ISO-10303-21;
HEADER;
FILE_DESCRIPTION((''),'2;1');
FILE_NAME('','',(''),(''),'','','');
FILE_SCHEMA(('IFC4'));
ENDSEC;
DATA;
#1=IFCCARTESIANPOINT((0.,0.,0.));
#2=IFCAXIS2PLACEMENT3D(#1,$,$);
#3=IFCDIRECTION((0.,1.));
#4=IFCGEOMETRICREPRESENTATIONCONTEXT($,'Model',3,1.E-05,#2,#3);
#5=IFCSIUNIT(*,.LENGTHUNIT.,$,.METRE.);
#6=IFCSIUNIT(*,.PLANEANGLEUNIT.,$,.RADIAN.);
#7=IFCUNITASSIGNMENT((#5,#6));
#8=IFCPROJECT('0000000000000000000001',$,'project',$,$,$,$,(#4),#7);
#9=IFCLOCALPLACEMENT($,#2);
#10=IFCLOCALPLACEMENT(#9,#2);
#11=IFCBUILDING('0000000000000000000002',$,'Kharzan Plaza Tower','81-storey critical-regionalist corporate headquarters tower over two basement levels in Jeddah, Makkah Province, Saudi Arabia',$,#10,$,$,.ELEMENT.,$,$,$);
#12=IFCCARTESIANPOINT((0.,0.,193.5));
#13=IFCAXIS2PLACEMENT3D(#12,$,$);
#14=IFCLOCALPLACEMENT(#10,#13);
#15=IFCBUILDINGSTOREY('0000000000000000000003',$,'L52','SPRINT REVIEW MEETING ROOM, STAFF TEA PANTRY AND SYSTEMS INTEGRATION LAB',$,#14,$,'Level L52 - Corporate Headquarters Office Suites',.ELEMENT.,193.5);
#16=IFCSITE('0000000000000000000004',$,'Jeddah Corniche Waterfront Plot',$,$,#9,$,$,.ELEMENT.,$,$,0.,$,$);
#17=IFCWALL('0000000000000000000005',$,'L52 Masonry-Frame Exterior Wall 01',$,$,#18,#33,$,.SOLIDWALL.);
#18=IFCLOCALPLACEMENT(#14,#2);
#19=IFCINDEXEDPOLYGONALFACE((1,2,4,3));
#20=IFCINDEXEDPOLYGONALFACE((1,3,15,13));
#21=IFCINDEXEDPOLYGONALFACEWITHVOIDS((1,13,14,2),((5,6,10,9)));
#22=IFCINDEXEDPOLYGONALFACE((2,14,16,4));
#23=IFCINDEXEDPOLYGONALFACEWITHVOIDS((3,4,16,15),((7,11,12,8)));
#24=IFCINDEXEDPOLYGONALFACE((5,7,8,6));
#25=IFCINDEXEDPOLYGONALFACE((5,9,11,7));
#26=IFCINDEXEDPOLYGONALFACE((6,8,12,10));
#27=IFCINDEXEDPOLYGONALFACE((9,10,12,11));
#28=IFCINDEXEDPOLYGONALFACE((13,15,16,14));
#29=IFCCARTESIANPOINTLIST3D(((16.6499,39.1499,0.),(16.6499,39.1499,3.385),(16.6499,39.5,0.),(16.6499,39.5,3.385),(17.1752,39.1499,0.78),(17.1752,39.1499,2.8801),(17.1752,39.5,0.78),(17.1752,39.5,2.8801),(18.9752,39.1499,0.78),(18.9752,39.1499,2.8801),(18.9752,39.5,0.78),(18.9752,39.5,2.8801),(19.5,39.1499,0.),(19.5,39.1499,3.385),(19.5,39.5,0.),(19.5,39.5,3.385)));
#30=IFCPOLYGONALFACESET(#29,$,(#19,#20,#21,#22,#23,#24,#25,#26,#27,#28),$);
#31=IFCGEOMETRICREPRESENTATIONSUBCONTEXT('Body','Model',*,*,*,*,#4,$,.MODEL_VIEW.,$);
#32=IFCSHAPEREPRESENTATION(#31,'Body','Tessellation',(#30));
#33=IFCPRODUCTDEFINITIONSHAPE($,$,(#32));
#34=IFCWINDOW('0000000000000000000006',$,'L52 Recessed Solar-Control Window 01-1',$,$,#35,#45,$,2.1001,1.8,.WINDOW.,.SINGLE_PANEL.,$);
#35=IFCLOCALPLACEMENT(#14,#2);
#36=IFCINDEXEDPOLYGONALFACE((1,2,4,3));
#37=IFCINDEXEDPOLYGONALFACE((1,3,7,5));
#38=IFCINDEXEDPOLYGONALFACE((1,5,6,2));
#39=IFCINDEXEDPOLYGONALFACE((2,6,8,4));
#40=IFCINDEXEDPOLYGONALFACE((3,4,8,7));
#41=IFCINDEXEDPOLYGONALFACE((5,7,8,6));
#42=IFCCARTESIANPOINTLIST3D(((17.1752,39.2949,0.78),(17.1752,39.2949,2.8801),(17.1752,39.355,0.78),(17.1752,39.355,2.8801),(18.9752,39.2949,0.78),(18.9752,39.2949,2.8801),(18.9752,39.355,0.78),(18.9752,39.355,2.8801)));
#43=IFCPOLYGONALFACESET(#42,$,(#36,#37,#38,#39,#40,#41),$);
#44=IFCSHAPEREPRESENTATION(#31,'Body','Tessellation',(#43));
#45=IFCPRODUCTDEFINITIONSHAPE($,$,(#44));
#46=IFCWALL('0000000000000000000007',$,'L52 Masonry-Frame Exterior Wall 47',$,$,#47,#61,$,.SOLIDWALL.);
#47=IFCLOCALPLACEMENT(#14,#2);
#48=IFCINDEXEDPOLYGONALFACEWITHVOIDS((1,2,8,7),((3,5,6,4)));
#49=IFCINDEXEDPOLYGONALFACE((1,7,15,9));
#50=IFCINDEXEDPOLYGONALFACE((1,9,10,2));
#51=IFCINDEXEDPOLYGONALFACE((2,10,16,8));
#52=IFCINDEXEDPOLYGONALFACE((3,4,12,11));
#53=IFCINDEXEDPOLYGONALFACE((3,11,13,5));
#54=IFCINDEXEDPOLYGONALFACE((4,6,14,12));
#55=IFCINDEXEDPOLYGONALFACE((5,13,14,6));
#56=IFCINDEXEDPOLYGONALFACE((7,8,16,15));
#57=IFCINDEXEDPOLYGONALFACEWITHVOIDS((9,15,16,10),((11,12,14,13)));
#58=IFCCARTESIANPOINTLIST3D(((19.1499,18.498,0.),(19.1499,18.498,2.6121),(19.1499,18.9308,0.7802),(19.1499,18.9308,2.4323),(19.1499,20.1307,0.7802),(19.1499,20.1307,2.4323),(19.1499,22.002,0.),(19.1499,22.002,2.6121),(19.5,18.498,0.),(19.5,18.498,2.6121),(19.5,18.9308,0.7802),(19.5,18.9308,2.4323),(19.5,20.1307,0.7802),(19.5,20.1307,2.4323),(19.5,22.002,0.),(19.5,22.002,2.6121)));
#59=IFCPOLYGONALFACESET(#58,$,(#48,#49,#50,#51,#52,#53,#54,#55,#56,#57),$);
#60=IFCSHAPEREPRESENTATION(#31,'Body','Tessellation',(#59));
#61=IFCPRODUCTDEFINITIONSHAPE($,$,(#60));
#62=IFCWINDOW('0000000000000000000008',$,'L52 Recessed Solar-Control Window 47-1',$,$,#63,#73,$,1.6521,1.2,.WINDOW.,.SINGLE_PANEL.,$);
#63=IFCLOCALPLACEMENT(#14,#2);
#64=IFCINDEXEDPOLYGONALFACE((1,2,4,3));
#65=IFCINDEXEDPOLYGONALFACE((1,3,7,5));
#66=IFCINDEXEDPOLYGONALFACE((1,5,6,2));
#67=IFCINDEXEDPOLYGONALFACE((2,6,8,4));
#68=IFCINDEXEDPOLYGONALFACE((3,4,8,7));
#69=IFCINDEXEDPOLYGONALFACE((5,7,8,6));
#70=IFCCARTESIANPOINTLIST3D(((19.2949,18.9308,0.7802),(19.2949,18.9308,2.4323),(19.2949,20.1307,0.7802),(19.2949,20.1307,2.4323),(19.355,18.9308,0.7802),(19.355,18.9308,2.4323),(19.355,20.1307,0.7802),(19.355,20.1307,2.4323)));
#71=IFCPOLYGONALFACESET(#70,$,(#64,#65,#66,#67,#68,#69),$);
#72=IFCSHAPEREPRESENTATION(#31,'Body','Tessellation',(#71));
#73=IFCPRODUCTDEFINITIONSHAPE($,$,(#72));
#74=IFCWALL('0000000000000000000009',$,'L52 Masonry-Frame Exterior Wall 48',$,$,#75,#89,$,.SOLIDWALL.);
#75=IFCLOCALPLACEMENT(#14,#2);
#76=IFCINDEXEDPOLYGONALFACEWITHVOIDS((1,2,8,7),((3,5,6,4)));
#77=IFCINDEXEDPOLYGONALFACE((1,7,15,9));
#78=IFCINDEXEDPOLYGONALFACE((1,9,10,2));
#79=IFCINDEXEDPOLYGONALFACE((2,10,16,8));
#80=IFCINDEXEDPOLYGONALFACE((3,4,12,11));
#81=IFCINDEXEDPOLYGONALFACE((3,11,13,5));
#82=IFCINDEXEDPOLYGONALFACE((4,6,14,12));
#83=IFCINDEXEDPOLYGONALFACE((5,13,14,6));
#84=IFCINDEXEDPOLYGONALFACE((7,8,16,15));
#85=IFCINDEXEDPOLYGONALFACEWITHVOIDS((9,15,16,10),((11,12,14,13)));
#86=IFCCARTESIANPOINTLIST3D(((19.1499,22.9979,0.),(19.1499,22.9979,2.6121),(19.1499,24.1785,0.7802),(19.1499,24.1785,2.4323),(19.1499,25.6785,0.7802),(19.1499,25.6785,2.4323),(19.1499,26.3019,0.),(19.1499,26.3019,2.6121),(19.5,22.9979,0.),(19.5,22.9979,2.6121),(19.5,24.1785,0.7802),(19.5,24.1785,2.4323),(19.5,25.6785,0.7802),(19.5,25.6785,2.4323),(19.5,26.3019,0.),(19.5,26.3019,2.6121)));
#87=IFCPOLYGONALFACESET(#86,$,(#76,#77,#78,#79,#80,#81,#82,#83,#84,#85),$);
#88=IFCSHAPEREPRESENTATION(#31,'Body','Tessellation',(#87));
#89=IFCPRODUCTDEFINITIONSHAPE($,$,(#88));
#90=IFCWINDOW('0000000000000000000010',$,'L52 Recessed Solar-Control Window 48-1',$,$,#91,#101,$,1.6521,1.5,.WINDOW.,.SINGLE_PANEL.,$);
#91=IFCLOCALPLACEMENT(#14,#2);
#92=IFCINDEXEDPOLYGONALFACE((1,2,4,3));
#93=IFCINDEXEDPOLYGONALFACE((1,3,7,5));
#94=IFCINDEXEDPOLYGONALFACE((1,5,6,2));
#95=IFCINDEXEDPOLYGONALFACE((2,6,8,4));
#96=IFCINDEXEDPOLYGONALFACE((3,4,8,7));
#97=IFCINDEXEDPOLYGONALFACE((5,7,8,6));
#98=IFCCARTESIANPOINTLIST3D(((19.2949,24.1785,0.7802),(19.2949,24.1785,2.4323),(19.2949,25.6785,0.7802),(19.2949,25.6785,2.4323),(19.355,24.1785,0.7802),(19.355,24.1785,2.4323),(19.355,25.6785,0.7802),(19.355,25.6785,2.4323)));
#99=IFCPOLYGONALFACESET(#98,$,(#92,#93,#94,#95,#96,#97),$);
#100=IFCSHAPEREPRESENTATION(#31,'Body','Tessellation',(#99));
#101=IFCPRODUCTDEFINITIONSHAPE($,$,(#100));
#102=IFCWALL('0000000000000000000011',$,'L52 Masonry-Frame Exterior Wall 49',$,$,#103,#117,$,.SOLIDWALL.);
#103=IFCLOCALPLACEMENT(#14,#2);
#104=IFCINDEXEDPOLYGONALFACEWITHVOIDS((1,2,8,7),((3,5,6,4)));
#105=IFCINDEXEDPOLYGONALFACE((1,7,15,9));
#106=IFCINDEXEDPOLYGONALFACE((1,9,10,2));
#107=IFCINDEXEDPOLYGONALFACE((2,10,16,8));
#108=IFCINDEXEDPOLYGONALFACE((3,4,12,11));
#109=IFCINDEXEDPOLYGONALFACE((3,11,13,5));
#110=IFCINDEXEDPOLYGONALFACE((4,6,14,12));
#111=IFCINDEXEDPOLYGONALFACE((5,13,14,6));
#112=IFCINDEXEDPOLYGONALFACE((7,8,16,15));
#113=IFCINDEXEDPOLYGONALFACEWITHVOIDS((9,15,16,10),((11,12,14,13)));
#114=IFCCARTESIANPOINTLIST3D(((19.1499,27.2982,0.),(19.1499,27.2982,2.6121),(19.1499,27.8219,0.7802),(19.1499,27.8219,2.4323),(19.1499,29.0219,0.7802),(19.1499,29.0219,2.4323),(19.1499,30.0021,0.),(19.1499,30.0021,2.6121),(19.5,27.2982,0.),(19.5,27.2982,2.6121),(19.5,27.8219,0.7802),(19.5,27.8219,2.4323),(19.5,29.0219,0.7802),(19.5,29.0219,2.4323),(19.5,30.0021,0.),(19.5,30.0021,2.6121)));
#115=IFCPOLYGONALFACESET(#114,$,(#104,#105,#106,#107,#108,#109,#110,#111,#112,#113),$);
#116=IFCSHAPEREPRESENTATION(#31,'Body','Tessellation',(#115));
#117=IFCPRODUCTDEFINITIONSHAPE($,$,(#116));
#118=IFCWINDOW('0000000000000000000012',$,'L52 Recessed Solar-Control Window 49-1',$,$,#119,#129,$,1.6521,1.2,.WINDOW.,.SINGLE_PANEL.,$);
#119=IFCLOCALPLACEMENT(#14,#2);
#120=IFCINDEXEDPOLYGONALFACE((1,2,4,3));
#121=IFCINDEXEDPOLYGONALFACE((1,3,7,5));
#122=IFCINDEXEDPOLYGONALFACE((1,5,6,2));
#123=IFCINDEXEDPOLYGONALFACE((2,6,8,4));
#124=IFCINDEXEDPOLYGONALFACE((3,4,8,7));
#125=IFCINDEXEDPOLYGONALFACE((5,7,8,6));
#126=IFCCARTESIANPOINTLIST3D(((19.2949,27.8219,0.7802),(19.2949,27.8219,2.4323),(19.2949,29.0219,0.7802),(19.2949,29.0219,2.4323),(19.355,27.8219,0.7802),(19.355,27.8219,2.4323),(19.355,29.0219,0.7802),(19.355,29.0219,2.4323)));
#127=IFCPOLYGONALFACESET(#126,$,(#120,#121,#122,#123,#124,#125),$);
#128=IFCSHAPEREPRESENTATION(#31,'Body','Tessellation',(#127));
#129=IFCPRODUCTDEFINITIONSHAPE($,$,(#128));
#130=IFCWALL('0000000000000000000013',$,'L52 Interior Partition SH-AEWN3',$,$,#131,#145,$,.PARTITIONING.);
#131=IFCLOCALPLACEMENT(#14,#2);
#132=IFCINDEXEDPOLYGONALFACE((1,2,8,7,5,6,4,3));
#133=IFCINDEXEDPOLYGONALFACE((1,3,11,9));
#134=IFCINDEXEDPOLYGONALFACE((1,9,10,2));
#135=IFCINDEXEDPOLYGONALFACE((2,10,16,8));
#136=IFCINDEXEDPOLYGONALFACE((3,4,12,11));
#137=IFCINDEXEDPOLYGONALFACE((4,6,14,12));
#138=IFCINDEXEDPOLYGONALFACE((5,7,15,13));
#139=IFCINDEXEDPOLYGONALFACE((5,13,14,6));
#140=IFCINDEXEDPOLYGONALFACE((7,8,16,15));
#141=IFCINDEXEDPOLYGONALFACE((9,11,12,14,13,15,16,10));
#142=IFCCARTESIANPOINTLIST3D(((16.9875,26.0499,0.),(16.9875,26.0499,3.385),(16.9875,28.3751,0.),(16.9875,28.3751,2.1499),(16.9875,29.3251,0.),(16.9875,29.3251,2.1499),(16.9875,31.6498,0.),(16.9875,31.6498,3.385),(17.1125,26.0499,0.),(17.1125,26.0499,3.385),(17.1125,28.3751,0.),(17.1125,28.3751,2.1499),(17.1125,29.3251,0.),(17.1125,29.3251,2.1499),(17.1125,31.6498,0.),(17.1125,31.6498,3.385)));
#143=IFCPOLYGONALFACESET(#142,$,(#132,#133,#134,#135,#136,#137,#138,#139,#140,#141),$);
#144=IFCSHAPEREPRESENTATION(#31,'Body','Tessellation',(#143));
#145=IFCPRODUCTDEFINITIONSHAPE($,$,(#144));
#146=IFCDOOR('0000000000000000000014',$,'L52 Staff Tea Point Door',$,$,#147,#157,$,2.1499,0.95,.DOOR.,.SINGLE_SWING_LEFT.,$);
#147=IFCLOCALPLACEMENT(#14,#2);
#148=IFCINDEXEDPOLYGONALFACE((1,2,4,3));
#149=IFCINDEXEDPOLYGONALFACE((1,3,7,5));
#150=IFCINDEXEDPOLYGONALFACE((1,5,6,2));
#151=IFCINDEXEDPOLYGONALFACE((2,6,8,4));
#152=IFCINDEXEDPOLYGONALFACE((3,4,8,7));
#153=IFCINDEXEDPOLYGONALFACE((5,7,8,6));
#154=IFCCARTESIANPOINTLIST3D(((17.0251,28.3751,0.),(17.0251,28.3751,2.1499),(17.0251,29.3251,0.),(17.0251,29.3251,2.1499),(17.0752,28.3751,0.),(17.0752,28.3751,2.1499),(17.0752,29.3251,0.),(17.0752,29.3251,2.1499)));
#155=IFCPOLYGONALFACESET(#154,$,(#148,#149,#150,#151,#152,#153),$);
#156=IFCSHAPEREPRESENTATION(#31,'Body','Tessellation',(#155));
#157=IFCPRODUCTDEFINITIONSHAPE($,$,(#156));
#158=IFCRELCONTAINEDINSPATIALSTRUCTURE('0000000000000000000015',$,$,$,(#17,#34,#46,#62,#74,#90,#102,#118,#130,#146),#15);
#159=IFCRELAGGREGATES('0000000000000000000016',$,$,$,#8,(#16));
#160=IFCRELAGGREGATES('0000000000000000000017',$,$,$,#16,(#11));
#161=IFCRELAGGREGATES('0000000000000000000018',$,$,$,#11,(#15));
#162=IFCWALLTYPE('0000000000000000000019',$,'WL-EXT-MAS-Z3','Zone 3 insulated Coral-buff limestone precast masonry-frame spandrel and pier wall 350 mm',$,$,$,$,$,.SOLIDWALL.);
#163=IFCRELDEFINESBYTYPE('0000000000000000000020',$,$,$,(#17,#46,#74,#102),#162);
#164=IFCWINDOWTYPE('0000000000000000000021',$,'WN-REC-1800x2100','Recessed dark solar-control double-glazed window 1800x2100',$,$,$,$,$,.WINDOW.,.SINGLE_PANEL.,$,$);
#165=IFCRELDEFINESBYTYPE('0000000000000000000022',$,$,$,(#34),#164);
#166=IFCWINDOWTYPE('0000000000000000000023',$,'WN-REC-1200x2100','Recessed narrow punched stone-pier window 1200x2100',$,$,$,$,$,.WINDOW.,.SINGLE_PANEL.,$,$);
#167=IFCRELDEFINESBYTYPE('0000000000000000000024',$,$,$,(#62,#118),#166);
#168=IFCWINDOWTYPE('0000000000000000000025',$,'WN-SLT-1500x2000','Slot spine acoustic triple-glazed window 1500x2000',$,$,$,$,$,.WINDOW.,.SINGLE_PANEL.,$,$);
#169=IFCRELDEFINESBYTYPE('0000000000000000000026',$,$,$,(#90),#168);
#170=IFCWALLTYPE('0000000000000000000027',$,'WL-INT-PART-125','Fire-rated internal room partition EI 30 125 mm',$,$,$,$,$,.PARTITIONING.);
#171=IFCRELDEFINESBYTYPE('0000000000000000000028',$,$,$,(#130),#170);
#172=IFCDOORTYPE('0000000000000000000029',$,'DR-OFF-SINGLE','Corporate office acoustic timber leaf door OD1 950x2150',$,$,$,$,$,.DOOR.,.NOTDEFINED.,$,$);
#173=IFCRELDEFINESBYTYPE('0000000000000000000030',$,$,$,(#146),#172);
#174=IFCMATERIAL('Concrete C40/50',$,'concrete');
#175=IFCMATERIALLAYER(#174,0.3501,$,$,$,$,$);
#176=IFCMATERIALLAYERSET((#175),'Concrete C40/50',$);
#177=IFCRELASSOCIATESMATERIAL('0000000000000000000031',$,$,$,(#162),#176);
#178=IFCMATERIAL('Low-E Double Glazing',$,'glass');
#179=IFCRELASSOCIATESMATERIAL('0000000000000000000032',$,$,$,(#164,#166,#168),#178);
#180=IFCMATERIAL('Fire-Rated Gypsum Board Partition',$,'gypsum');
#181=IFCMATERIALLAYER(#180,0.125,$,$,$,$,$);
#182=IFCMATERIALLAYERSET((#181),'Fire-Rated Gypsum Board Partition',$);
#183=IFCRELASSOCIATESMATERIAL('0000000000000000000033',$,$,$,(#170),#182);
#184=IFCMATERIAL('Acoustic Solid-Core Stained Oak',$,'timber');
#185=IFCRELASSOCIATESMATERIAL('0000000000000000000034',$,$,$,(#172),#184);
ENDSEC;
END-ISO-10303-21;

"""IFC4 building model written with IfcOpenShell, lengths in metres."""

from ifc_helpers import new_model, si_unit, direction, frame, frame_2d, origin, place, context, subcontext, project, spatial, rectangle, extrude, source, transform, mapped, material, layer, layer_set, type_object, element, fill, save


model = new_model("IFC4")

# Units and contexts
model_context = context("Model", 3, precision=1e-05, world=origin(), true_north=direction((0.0, 1.0)))
body_context = subcontext(model_context, "Body", "Model", "MODEL_VIEW")
ifc_project = project(units=[si_unit("LENGTHUNIT", "METRE"), si_unit("PLANEANGLEUNIT", "RADIAN")], contexts=[model_context])

# Site, building, storey
site_placement = place(None, origin())
site = spatial("IfcSite", under=ifc_project, at=site_placement, Name="Jeddah Corniche Waterfront Plot", CompositionType="ELEMENT", RefElevation=0.0)
building_placement = place(site_placement, origin())
building = spatial("IfcBuilding", under=site, at=building_placement, Name="Kharzan Plaza Tower", Description="81-storey critical-regionalist corporate headquarters tower over two basement levels in Jeddah, Makkah Province, Saudi Arabia", CompositionType="ELEMENT")
storey_placement = place(building_placement, frame((0.0, 0.0, 193.5)))
storey = spatial("IfcBuildingStorey", under=building, at=storey_placement, Name="L52", Description="SPRINT REVIEW MEETING ROOM, STAFF TEA PANTRY AND SYSTEMS INTEGRATION LAB", LongName="Level L52 - Corporate Headquarters Office Suites", CompositionType="ELEMENT", Elevation=193.5)

# Walls, openings, windows
ifc_material_1 = material(Name="Concrete C40/50", Category="concrete")
ifc_layer_1 = layer(ifc_material_1, 0.3501)
ifc_layer_set_1 = layer_set([ifc_layer_1], Name="Concrete C40/50")
wall_type_1 = type_object("IfcWallType", Name="WL-EXT-MAS-Z3", Description="Zone 3 insulated Coral-buff limestone precast masonry-frame spandrel and pier wall 350 mm", PredefinedType="SOLIDWALL", material=ifc_layer_set_1)
wall_1_placement = place(storey_placement, frame((19.5, 39.325, 0.0), z_axis=(0.0, 0.0, 1.0), x_axis=(-1.0, 0.0, 0.0)))
wall_1 = element("IfcWall", 1, at=wall_1_placement, inside=storey, type_object=wall_type_1, Name="L52 Masonry-Frame Exterior Wall 01", PredefinedType="SOLIDWALL", context=body_context, shape_type="SweptSolid", body=[
    extrude(rectangle(XDim=2.8501, YDim=0.3501, at=frame_2d((1.425, 0.0))), origin(), (0.0, 0.0, 1.0), 3.385),
])
opening_1_placement = place(wall_1_placement, frame((0.5249, 0.0, 0.78)))
opening_1 = element("IfcOpeningElement", 2, at=opening_1_placement, cuts=wall_1, PredefinedType="OPENING", context=body_context, shape_type="SweptSolid", body=[
    extrude(rectangle(XDim=1.8, YDim=2.1001, at=frame_2d((0.8999, 1.05))), frame((0.0, 0.1851, 0.0), z_axis=(0.0, -1.0, 0.0), x_axis=(1.0, 0.0, 0.0)), (0.0, 0.0, 1.0), 0.3701),
])
ifc_material_2 = material(Name="Low-E Double Glazing", Category="glass")
window_type_1 = type_object("IfcWindowType", Name="WN-REC-1800x2100", Description="Recessed dark solar-control double-glazed window 1800x2100", PartitioningType="SINGLE_PANEL", PredefinedType="WINDOW", material=ifc_material_2)
shared_shape_1 = source(origin(), body_context, "Body", "SweptSolid", [
    extrude(rectangle(XDim=1.8, YDim=2.1001, at=frame_2d((0.8999, 1.05))), frame((0.0, 0.03, 0.0), z_axis=(0.0, -1.0, 0.0), x_axis=(1.0, 0.0, 0.0)), (0.0, 0.0, 1.0), 0.0601),
])
window_1_placement = place(opening_1_placement, origin())
window_1 = element("IfcWindow", 3, at=window_1_placement, inside=storey, type_object=window_type_1, Name="L52 Recessed Solar-Control Window 01-1", OverallHeight=2.1001, OverallWidth=1.8, PartitioningType="SINGLE_PANEL", PredefinedType="WINDOW", context=body_context, shape_type="MappedRepresentation", body=[
    mapped(shared_shape_1, transform((0.0, 0.0, 0.0), x_axis=(1.0, 0.0, 0.0), y_axis=(0.0, 1.0, 0.0), z_axis=(0.0, 0.0, 1.0))),
])
fill(opening_1, window_1)
wall_2_placement = place(storey_placement, frame((19.325, 18.498, 0.0), z_axis=(0.0, 0.0, 1.0), x_axis=(0.0, 1.0, 0.0)))
wall_2 = element("IfcWall", 4, at=wall_2_placement, inside=storey, type_object=wall_type_1, Name="L52 Masonry-Frame Exterior Wall 47", PredefinedType="SOLIDWALL", context=body_context, shape_type="SweptSolid", body=[
    extrude(rectangle(XDim=3.5039, YDim=0.3501, at=frame_2d((1.752, 0.0))), origin(), (0.0, 0.0, 1.0), 2.6121),
])
opening_2_placement = place(wall_2_placement, frame((0.4326, 0.0, 0.78)))
opening_2 = element("IfcOpeningElement", 5, at=opening_2_placement, cuts=wall_2, PredefinedType="OPENING", context=body_context, shape_type="SweptSolid", body=[
    extrude(rectangle(XDim=1.2, YDim=1.6521, at=frame_2d((0.6001, 0.8262))), frame((0.0, 0.1851, 0.0), z_axis=(0.0, -1.0, 0.0), x_axis=(1.0, 0.0, 0.0)), (0.0, 0.0, 1.0), 0.3701),
])
window_type_2 = type_object("IfcWindowType", Name="WN-REC-1200x2100", Description="Recessed narrow punched stone-pier window 1200x2100", PartitioningType="SINGLE_PANEL", PredefinedType="WINDOW", material=ifc_material_2)
shared_shape_2 = source(origin(), body_context, "Body", "SweptSolid", [
    extrude(rectangle(XDim=1.2, YDim=1.6521, at=frame_2d((0.6001, 0.8262))), frame((0.0, 0.03, 0.0), z_axis=(0.0, -1.0, 0.0), x_axis=(1.0, 0.0, 0.0)), (0.0, 0.0, 1.0), 0.0601),
])
window_2_placement = place(opening_2_placement, origin())
window_2 = element("IfcWindow", 6, at=window_2_placement, inside=storey, type_object=window_type_2, Name="L52 Recessed Solar-Control Window 47-1", OverallHeight=1.6521, OverallWidth=1.2, PartitioningType="SINGLE_PANEL", PredefinedType="WINDOW", context=body_context, shape_type="MappedRepresentation", body=[
    mapped(shared_shape_2, transform((0.0, 0.0, 0.0), x_axis=(1.0, 0.0, 0.0), y_axis=(0.0, 1.0, 0.0), z_axis=(0.0, 0.0, 1.0))),
])
fill(opening_2, window_2)
wall_3_placement = place(storey_placement, frame((19.325, 22.998, 0.0), z_axis=(0.0, 0.0, 1.0), x_axis=(0.0, 1.0, 0.0)))
wall_3 = element("IfcWall", 7, at=wall_3_placement, inside=storey, type_object=wall_type_1, Name="L52 Masonry-Frame Exterior Wall 48", PredefinedType="SOLIDWALL", context=body_context, shape_type="SweptSolid", body=[
    extrude(rectangle(XDim=3.304, YDim=0.3501, at=frame_2d((1.6519, 0.0))), origin(), (0.0, 0.0, 1.0), 2.6121),
])
opening_3_placement = place(wall_3_placement, frame((1.1804, 0.0, 0.78)))
opening_3 = element("IfcOpeningElement", 8, at=opening_3_placement, cuts=wall_3, PredefinedType="OPENING", context=body_context, shape_type="SweptSolid", body=[
    extrude(rectangle(XDim=1.5, YDim=1.6521, at=frame_2d((0.75, 0.8262))), frame((0.0, 0.1851, 0.0), z_axis=(0.0, -1.0, 0.0), x_axis=(1.0, 0.0, 0.0)), (0.0, 0.0, 1.0), 0.3701),
])
window_type_3 = type_object("IfcWindowType", Name="WN-SLT-1500x2000", Description="Slot spine acoustic triple-glazed window 1500x2000", PartitioningType="SINGLE_PANEL", PredefinedType="WINDOW", material=ifc_material_2)
shared_shape_3 = source(origin(), body_context, "Body", "SweptSolid", [
    extrude(rectangle(XDim=1.5, YDim=1.6521, at=frame_2d((0.75, 0.8262))), frame((0.0, 0.03, 0.0), z_axis=(0.0, -1.0, 0.0), x_axis=(1.0, 0.0, 0.0)), (0.0, 0.0, 1.0), 0.0601),
])
window_3_placement = place(opening_3_placement, origin())
window_3 = element("IfcWindow", 9, at=window_3_placement, inside=storey, type_object=window_type_3, Name="L52 Recessed Solar-Control Window 48-1", OverallHeight=1.6521, OverallWidth=1.5, PartitioningType="SINGLE_PANEL", PredefinedType="WINDOW", context=body_context, shape_type="MappedRepresentation", body=[
    mapped(shared_shape_3, transform((0.0, 0.0, 0.0), x_axis=(1.0, 0.0, 0.0), y_axis=(0.0, 1.0, 0.0), z_axis=(0.0, 0.0, 1.0))),
])
fill(opening_3, window_3)
wall_4_placement = place(storey_placement, frame((19.325, 27.2981, 0.0), z_axis=(0.0, 0.0, 1.0), x_axis=(0.0, 1.0, 0.0)))
wall_4 = element("IfcWall", 10, at=wall_4_placement, inside=storey, type_object=wall_type_1, Name="L52 Masonry-Frame Exterior Wall 49", PredefinedType="SOLIDWALL", context=body_context, shape_type="SweptSolid", body=[
    extrude(rectangle(XDim=2.7039, YDim=0.3501, at=frame_2d((1.3521, 0.0))), origin(), (0.0, 0.0, 1.0), 2.6121),
])
opening_4_placement = place(wall_4_placement, frame((0.5237, 0.0, 0.78)))
opening_4 = element("IfcOpeningElement", 11, at=opening_4_placement, cuts=wall_4, PredefinedType="OPENING", context=body_context, shape_type="SweptSolid", body=[
    extrude(rectangle(XDim=1.2, YDim=1.6521, at=frame_2d((0.6001, 0.8262))), frame((0.0, 0.1851, 0.0), z_axis=(0.0, -1.0, 0.0), x_axis=(1.0, 0.0, 0.0)), (0.0, 0.0, 1.0), 0.3701),
])
window_4_placement = place(opening_4_placement, origin())
window_4 = element("IfcWindow", 12, at=window_4_placement, inside=storey, type_object=window_type_2, Name="L52 Recessed Solar-Control Window 49-1", OverallHeight=1.6521, OverallWidth=1.2, PartitioningType="SINGLE_PANEL", PredefinedType="WINDOW", context=body_context, shape_type="MappedRepresentation", body=[
    mapped(shared_shape_2, transform((0.0, 0.0, 0.0), x_axis=(1.0, 0.0, 0.0), y_axis=(0.0, 1.0, 0.0), z_axis=(0.0, 0.0, 1.0))),
])
fill(opening_4, window_4)

# Wall, opening, door
ifc_material_3 = material(Name="Fire-Rated Gypsum Board Partition", Category="gypsum")
ifc_layer_2 = layer(ifc_material_3, 0.125)
ifc_layer_set_2 = layer_set([ifc_layer_2], Name="Fire-Rated Gypsum Board Partition")
wall_type_2 = type_object("IfcWallType", Name="WL-INT-PART-125", Description="Fire-rated internal room partition EI 30 125 mm", PredefinedType="PARTITIONING", material=ifc_layer_set_2)
wall_5_placement = place(storey_placement, frame((17.05, 26.05, 0.0), z_axis=(0.0, 0.0, 1.0), x_axis=(0.0, 1.0, 0.0)))
wall_5 = element("IfcWall", 13, at=wall_5_placement, inside=storey, type_object=wall_type_2, Name="L52 Interior Partition SH-AEWN3", PredefinedType="PARTITIONING", context=body_context, shape_type="SweptSolid", body=[
    extrude(rectangle(XDim=5.5999, YDim=0.125, at=frame_2d((2.7998, 0.0))), origin(), (0.0, 0.0, 1.0), 3.385),
])
opening_5_placement = place(wall_5_placement, frame((2.325, 0.0, 0.0)))
opening_5 = element("IfcOpeningElement", 14, at=opening_5_placement, cuts=wall_5, PredefinedType="OPENING", context=body_context, shape_type="SweptSolid", body=[
    extrude(rectangle(XDim=0.95, YDim=2.1499, at=frame_2d((0.4751, 1.075))), frame((0.0, 0.0725, 0.0), z_axis=(0.0, -1.0, 0.0), x_axis=(1.0, 0.0, 0.0)), (0.0, 0.0, 1.0), 0.145),
])
ifc_material_4 = material(Name="Acoustic Solid-Core Stained Oak", Category="timber")
door_type_1 = type_object("IfcDoorType", Name="DR-OFF-SINGLE", Description="Corporate office acoustic timber leaf door OD1 950x2150", OperationType="NOTDEFINED", PredefinedType="DOOR", material=ifc_material_4)
shared_shape_4 = source(origin(), body_context, "Body", "SweptSolid", [
    extrude(rectangle(XDim=0.95, YDim=2.1499, at=frame_2d((0.4751, 1.075))), frame((0.0, 0.0249, 0.0), z_axis=(0.0, -1.0, 0.0), x_axis=(1.0, 0.0, 0.0)), (0.0, 0.0, 1.0), 0.05),
])
door_1_placement = place(opening_5_placement, origin())
door_1 = element("IfcDoor", 15, at=door_1_placement, inside=storey, type_object=door_type_1, Name="L52 Staff Tea Point Door", OperationType="SINGLE_SWING_LEFT", OverallHeight=2.1499, OverallWidth=0.95, PredefinedType="DOOR", context=body_context, shape_type="MappedRepresentation", body=[
    mapped(shared_shape_4, transform((0.0, 0.0, 0.0), x_axis=(1.0, 0.0, 0.0), y_axis=(0.0, 1.0, 0.0), z_axis=(0.0, 0.0, 1.0))),
])
fill(opening_5, door_1)

save(model, "model.ifc")
